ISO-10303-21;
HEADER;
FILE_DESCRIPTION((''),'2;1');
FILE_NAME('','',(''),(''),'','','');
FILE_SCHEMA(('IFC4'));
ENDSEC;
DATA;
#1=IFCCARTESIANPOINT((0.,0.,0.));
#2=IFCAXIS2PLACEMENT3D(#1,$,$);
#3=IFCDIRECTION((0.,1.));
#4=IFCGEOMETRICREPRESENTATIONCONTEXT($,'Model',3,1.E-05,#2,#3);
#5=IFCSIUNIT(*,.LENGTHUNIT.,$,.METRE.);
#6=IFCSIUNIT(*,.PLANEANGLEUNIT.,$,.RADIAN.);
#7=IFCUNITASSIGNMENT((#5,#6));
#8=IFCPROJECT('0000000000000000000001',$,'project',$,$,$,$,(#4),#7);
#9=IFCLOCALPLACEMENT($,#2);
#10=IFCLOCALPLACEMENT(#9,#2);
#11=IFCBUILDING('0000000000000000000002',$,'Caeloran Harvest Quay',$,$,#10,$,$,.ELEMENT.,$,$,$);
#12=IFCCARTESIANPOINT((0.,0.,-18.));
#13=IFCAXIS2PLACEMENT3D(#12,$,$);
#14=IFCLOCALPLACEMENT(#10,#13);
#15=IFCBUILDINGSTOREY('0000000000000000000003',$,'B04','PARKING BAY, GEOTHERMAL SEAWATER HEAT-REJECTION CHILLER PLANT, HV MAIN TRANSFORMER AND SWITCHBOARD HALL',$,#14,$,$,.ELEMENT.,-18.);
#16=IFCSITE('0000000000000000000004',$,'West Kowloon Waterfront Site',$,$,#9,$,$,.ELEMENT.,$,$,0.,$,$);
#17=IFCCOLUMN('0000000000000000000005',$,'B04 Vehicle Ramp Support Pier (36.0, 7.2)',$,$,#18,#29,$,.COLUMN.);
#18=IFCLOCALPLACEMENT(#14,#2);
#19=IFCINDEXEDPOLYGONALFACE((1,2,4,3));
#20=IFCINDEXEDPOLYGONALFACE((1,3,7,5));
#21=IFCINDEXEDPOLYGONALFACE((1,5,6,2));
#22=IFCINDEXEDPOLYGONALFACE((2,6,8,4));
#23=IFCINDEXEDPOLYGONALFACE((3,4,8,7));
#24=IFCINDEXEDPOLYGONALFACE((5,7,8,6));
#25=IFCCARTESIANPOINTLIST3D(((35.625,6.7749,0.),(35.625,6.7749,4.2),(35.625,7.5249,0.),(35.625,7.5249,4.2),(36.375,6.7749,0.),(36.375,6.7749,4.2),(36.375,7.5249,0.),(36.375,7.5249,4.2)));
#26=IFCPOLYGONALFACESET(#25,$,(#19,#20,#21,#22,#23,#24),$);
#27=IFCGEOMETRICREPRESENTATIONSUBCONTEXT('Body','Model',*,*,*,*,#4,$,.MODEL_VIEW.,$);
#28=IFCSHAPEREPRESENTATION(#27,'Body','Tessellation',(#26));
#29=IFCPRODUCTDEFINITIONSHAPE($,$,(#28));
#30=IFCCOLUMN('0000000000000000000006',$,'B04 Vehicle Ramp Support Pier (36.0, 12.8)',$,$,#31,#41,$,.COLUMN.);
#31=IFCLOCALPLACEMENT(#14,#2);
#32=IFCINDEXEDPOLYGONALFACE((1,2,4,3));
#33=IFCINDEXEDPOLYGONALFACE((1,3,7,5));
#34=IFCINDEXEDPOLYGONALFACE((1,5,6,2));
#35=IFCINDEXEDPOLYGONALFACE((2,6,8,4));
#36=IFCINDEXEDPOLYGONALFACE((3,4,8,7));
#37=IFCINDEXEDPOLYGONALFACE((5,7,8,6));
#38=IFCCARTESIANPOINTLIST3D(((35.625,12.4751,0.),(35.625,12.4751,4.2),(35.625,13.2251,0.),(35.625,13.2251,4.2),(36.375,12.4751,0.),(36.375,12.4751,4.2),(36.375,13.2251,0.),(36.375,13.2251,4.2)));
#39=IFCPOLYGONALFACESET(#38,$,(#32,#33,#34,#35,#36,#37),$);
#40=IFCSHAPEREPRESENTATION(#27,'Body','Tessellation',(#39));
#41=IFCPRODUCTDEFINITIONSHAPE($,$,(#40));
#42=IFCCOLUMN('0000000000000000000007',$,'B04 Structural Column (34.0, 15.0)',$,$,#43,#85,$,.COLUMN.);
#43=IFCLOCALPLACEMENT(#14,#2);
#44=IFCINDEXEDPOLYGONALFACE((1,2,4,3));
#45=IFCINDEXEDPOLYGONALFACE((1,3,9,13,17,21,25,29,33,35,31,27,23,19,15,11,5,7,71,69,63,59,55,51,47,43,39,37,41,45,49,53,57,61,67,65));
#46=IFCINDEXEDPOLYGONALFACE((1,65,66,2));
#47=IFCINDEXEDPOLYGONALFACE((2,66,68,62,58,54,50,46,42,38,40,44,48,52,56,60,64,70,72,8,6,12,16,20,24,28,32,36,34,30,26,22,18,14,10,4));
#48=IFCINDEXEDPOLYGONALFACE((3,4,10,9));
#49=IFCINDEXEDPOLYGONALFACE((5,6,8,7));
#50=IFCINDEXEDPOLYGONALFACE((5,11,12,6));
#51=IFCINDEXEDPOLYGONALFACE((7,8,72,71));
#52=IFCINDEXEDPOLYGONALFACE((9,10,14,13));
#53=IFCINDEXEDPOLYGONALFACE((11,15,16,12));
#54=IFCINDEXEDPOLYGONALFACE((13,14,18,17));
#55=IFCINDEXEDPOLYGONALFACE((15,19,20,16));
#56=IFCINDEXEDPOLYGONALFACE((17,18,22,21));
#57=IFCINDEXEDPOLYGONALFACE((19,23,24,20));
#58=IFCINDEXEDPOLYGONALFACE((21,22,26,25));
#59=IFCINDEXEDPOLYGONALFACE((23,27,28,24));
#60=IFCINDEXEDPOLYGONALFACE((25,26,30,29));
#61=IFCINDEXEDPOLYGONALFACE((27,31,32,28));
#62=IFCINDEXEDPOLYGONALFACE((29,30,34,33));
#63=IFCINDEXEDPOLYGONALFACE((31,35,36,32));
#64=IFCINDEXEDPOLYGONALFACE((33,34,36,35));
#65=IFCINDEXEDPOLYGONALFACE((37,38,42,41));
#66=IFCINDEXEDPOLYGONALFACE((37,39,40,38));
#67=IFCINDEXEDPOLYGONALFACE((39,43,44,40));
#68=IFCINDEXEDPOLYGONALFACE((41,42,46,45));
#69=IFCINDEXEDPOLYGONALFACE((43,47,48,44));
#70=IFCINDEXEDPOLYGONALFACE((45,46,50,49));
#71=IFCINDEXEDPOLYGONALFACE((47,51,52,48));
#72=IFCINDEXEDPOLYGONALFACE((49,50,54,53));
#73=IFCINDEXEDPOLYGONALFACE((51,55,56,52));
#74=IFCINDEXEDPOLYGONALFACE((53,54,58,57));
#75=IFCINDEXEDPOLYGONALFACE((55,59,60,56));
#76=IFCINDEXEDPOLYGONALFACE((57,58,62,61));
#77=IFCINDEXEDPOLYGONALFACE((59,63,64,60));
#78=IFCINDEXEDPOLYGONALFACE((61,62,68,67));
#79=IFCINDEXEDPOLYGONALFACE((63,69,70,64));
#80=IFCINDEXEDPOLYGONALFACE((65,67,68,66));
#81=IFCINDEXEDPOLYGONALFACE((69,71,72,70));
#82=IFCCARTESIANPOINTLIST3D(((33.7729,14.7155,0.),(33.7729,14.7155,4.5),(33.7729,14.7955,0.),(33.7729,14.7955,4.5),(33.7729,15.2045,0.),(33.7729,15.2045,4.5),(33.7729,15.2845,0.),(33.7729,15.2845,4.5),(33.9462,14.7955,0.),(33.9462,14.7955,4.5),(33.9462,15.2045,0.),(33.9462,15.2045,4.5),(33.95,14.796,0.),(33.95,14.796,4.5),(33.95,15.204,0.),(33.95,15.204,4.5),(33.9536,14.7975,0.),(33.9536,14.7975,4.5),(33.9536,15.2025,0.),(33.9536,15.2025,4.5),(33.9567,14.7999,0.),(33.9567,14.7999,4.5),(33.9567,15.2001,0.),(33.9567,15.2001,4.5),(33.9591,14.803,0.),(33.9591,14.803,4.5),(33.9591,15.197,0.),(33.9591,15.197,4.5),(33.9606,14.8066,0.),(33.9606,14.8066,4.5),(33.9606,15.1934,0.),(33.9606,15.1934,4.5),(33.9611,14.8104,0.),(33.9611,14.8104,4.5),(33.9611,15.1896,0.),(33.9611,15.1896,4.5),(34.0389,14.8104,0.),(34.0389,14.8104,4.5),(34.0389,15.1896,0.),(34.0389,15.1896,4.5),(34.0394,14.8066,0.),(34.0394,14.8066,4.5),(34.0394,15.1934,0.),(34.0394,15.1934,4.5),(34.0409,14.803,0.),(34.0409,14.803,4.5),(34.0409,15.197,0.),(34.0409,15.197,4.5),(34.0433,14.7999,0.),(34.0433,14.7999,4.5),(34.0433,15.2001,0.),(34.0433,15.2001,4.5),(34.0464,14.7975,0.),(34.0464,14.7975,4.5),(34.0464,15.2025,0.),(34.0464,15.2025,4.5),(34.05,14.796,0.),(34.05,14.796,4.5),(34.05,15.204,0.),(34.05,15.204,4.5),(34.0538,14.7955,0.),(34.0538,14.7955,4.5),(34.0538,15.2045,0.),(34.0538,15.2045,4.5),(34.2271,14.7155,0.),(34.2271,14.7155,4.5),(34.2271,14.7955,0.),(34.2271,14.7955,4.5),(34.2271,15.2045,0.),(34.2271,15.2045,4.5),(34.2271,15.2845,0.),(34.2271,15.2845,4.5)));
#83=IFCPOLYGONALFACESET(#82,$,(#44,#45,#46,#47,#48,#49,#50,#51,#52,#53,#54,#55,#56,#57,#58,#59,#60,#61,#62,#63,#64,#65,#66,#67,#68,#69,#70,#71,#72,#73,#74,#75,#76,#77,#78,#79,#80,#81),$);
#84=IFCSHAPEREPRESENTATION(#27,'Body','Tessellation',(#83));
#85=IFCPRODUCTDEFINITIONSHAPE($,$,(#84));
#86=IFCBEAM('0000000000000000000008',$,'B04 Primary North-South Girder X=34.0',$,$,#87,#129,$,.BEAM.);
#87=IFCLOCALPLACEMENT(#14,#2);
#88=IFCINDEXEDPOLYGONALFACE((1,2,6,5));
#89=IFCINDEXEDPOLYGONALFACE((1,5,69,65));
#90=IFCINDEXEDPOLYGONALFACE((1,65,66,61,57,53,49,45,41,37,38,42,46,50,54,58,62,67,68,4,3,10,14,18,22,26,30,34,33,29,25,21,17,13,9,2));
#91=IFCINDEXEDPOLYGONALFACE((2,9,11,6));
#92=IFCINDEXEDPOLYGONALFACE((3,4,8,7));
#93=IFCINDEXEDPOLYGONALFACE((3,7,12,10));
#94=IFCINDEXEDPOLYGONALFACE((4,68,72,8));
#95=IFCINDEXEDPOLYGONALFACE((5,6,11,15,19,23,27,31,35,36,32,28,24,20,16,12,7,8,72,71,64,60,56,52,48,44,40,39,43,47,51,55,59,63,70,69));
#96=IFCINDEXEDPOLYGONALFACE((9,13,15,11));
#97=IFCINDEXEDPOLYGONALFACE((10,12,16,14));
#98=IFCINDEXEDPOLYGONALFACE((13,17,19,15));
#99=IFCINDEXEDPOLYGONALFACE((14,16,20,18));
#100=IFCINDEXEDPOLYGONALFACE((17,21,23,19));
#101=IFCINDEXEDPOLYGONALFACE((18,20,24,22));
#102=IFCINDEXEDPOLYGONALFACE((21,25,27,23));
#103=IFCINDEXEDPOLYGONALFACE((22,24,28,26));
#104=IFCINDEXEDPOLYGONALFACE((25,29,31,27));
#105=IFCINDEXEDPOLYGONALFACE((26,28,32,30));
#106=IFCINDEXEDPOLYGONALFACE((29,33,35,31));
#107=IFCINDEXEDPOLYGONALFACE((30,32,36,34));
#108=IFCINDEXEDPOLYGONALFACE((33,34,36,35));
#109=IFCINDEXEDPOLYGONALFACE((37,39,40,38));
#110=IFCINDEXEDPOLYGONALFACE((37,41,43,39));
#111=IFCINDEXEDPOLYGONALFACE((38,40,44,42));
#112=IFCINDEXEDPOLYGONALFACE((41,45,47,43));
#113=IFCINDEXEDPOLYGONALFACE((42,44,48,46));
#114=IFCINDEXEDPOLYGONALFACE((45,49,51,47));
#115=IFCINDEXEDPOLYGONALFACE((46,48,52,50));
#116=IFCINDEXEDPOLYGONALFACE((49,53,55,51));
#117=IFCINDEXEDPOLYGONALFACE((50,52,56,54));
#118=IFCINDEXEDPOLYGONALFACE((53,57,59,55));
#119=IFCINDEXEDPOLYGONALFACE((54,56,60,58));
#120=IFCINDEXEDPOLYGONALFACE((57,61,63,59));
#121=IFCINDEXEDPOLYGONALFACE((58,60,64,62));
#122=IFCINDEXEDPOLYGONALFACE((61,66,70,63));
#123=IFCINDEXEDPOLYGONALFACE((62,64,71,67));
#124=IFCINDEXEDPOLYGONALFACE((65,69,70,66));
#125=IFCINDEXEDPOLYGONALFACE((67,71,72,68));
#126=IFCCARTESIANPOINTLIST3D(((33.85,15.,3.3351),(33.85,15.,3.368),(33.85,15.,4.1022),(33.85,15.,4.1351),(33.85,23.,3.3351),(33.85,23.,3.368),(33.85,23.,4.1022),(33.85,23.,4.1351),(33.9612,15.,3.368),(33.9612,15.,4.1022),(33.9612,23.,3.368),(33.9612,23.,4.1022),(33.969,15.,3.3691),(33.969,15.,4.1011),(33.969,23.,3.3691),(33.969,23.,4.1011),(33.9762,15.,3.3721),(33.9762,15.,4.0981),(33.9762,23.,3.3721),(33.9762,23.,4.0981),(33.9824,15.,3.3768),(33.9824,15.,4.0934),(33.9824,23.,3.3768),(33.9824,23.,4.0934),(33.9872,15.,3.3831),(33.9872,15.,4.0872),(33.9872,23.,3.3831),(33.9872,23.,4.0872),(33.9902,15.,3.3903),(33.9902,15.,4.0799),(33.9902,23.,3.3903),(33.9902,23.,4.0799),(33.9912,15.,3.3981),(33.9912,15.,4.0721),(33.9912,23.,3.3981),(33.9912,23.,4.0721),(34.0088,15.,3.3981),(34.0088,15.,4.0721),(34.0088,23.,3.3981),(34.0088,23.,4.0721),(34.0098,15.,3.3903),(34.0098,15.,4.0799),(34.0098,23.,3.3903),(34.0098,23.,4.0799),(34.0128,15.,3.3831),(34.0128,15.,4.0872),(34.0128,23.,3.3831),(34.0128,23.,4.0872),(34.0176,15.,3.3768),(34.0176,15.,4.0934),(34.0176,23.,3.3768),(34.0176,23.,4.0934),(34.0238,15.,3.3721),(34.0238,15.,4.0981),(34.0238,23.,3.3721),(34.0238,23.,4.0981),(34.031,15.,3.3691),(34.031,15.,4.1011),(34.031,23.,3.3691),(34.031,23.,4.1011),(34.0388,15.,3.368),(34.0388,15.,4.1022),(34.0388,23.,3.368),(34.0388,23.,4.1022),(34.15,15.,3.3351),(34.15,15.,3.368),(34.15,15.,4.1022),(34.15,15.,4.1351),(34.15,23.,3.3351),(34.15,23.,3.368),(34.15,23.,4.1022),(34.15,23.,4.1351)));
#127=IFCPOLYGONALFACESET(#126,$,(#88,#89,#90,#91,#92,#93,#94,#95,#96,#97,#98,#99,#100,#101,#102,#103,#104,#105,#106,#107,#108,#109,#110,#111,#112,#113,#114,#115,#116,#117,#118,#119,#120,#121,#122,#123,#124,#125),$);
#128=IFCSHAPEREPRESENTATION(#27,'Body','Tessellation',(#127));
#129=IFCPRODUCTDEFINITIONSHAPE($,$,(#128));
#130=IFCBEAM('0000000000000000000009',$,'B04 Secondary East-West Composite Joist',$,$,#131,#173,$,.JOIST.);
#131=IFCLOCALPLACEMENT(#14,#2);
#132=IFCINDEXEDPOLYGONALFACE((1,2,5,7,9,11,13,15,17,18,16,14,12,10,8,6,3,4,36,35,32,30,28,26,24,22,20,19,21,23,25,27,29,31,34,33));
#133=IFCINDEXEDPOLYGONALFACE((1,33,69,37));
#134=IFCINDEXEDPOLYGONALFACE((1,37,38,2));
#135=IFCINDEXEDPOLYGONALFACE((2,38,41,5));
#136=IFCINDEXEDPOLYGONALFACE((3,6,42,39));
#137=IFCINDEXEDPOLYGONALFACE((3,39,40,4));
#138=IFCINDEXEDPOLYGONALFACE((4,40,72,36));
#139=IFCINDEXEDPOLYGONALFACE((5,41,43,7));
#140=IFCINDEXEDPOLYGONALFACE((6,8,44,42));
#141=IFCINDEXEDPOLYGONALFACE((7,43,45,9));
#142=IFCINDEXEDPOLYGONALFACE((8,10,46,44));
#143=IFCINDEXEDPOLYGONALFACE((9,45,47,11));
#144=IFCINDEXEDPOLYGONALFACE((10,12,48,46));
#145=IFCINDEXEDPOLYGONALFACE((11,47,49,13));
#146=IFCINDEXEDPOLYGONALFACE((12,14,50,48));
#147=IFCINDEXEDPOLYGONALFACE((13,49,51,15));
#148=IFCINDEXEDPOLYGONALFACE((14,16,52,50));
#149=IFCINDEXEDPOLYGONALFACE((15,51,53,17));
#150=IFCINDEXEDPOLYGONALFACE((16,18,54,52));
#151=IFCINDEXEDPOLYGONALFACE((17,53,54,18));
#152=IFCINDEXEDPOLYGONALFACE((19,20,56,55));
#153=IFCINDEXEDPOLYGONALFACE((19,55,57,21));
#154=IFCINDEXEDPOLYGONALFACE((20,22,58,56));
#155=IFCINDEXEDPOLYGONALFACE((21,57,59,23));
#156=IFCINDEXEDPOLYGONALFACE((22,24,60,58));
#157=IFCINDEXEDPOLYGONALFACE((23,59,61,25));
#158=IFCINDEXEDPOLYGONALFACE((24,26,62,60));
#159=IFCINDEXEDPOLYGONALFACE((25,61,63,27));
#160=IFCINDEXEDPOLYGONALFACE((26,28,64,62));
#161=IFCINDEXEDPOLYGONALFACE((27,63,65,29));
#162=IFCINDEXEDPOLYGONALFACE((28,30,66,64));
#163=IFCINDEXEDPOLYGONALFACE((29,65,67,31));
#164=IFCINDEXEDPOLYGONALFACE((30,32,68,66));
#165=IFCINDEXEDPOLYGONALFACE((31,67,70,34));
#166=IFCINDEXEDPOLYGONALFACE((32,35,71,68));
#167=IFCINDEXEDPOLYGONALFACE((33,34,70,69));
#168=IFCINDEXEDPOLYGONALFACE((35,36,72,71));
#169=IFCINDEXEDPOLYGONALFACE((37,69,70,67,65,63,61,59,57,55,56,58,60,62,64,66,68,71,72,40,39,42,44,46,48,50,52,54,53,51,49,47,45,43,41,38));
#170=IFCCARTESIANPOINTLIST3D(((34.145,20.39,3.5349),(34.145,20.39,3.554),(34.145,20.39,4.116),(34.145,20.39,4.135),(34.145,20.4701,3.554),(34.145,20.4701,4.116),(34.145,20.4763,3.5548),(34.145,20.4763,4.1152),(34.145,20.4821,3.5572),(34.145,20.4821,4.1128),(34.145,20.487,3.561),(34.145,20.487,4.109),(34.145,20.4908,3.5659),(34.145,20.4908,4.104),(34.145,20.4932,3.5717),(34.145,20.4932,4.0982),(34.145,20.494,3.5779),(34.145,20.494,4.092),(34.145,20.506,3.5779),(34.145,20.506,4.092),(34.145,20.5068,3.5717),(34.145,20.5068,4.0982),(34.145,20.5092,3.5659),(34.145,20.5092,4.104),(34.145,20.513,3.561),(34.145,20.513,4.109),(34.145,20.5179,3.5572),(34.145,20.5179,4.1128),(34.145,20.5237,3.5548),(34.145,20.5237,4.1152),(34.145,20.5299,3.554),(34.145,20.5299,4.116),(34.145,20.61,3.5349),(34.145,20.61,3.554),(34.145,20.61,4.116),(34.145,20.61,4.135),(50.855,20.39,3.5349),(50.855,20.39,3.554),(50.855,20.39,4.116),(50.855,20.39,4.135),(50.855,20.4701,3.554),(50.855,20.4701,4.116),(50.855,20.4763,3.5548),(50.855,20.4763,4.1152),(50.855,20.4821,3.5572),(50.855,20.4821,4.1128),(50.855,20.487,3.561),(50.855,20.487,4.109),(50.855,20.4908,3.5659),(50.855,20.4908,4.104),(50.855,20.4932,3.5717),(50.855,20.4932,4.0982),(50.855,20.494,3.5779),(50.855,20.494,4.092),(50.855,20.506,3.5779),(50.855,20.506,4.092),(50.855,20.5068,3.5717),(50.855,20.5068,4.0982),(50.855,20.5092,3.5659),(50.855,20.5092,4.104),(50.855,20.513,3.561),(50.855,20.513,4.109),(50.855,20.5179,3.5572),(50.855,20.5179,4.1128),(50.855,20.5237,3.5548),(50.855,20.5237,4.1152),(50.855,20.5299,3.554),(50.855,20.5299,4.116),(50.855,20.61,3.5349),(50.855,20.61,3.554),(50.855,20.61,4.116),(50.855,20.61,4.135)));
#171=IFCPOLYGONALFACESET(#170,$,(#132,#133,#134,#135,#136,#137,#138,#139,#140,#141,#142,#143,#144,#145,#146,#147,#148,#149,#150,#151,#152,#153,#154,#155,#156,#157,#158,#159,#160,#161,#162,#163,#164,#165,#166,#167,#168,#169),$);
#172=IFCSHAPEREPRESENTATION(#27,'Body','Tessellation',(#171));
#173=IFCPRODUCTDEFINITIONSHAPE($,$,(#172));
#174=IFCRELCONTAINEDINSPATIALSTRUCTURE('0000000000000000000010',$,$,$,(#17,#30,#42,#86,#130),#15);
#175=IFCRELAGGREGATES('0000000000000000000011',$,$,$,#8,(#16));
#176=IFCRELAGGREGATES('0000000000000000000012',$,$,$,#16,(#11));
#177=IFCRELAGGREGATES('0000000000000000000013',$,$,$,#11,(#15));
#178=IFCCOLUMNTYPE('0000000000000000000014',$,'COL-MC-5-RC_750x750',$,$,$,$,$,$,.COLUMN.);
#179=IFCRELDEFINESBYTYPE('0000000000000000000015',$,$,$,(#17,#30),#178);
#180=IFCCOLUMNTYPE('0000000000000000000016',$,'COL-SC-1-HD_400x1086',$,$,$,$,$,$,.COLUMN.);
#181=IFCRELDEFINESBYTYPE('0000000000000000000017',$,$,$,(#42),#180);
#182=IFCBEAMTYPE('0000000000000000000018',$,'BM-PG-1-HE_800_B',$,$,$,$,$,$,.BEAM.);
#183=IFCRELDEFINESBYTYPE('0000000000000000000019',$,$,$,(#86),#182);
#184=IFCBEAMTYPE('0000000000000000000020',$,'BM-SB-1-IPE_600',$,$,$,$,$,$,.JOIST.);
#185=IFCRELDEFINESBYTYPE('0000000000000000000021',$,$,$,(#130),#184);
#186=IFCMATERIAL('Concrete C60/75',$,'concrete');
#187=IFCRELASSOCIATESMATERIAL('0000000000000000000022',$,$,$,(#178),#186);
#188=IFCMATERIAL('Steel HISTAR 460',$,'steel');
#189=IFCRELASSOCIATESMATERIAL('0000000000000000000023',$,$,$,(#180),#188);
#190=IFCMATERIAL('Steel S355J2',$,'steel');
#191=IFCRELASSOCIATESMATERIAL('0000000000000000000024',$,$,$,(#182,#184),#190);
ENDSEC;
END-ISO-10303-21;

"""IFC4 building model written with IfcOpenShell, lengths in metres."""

from ifc_helpers import new_model, si_unit, direction, frame, origin, origin_2d, place, context, subcontext, project, spatial, rectangle, i_section, extrude, material, material_profile, profile_set, type_object, element, save


model = new_model("IFC4")

# Units and contexts
model_context = context("Model", 3, precision=1e-05, world=origin(), true_north=direction((0.0, 1.0)))
body_context = subcontext(model_context, "Body", "Model", "MODEL_VIEW")
ifc_project = project(units=[si_unit("LENGTHUNIT", "METRE"), si_unit("PLANEANGLEUNIT", "RADIAN")], contexts=[model_context])

# Site, building, storey
site_placement = place(None, origin())
site = spatial("IfcSite", under=ifc_project, at=site_placement, Name="West Kowloon Waterfront Site", CompositionType="ELEMENT", RefElevation=0.0)
building_placement = place(site_placement, origin())
building = spatial("IfcBuilding", under=site, at=building_placement, Name="Caeloran Harvest Quay", CompositionType="ELEMENT")
storey_placement = place(building_placement, frame((0.0, 0.0, -18.0)))
storey = spatial("IfcBuildingStorey", under=building, at=storey_placement, Name="B04", Description="PARKING BAY, GEOTHERMAL SEAWATER HEAT-REJECTION CHILLER PLANT, HV MAIN TRANSFORMER AND SWITCHBOARD HALL", CompositionType="ELEMENT", Elevation=-18.0)

# Shared definitions
ifc_material_1 = material(Name="Concrete C60/75", Category="concrete")

# Columns
ifc_material_profile_1 = material_profile(ifc_material_1, rectangle(XDim=0.75, YDim=0.75, at=origin_2d()), Name="RC 750x750")
ifc_profile_set_1 = profile_set([ifc_material_profile_1], Name="Concrete C60/75")
column_type_1 = type_object("IfcColumnType", Name="COL-MC-5-RC_750x750", PredefinedType="COLUMN", material=ifc_profile_set_1)
for number, where, z_axis, x_axis, name in (
    (1, (36.0, 7.1499, 0.0), (0.0, 0.0, 1.0), (1.0, 0.0, 0.0), "B04 Vehicle Ramp Support Pier (36.0, 7.2)"),
    (2, (36.0, 12.8501, 0.0), (0.0, 0.0, 1.0), (1.0, 0.0, 0.0), "B04 Vehicle Ramp Support Pier (36.0, 12.8)"),
):
    element("IfcColumn", number, at=place(storey_placement, frame(where, z_axis=z_axis, x_axis=x_axis)), inside=storey, type_object=column_type_1, Name=name, PredefinedType="COLUMN", context=body_context, shape_type="SweptSolid", body=[
        extrude(rectangle(XDim=0.75, YDim=0.75, at=origin_2d()), origin(), (0.0, 0.0, 1.0), 4.2),
    ])
ifc_material_2 = material(Name="Steel HISTAR 460", Category="steel")
ifc_material_profile_2 = material_profile(ifc_material_2, i_section(OverallWidth=0.4541, OverallDepth=0.5691, WebThickness=0.0779, FlangeThickness=0.0801, FilletRadius=0.0149, at=origin_2d()), Name="HD 400x1086")
ifc_profile_set_2 = profile_set([ifc_material_profile_2], Name="Steel HISTAR 460")
column_type_2 = type_object("IfcColumnType", Name="COL-SC-1-HD_400x1086", PredefinedType="COLUMN", material=ifc_profile_set_2)
column_placement = place(storey_placement, frame((34.0, 15.0, 0.0), z_axis=(0.0, 0.0, 1.0), x_axis=(1.0, 0.0, 0.0)))
element("IfcColumn", 3, at=column_placement, inside=storey, type_object=column_type_2, Name="B04 Structural Column (34.0, 15.0)", PredefinedType="COLUMN", context=body_context, shape_type="SweptSolid", body=[
    extrude(i_section(OverallWidth=0.4541, OverallDepth=0.5691, WebThickness=0.0779, FlangeThickness=0.0801, FilletRadius=0.0149, at=origin_2d()), origin(), (0.0, 0.0, 1.0), 4.5),
])

# Beams
ifc_material_3 = material(Name="Steel S355J2", Category="steel")
ifc_material_profile_3 = material_profile(ifc_material_3, i_section(OverallWidth=0.3, OverallDepth=0.8, WebThickness=0.0176, FlangeThickness=0.033, FilletRadius=0.03, at=origin_2d()), Name="HE 800 B")
ifc_profile_set_3 = profile_set([ifc_material_profile_3], Name="Steel S355J2")
beam_type_1 = type_object("IfcBeamType", Name="BM-PG-1-HE_800_B", PredefinedType="BEAM", material=ifc_profile_set_3)
beam_placement = place(storey_placement, frame((34.0, 15.0, 3.7351), z_axis=(0.0, 1.0, 0.0), x_axis=(-1.0, 0.0, 0.0)))
element("IfcBeam", 4, at=beam_placement, inside=storey, type_object=beam_type_1, Name="B04 Primary North-South Girder X=34.0", PredefinedType="BEAM", context=body_context, shape_type="SweptSolid", body=[
    extrude(i_section(OverallWidth=0.3, OverallDepth=0.8, WebThickness=0.0176, FlangeThickness=0.033, FilletRadius=0.03, at=origin_2d()), origin(), (0.0, 0.0, 1.0), 8.0),
])
ifc_material_profile_4 = material_profile(ifc_material_3, i_section(OverallWidth=0.22, OverallDepth=0.6001, WebThickness=0.012, FlangeThickness=0.019, FilletRadius=0.0239, at=origin_2d()), Name="IPE 600")
ifc_profile_set_4 = profile_set([ifc_material_profile_4], Name="Steel S355J2")
beam_type_2 = type_object("IfcBeamType", Name="BM-SB-1-IPE_600", PredefinedType="JOIST", material=ifc_profile_set_4)
for number, where, z_axis, x_axis, name in (
    (5, (34.145, 20.5, 3.835), (1.0, 0.0, 0.0), (0.0, 1.0, 0.0), "B04 Secondary East-West Composite Joist"),
):
    element("IfcBeam", number, at=place(storey_placement, frame(where, z_axis=z_axis, x_axis=x_axis)), inside=storey, type_object=beam_type_2, Name=name, PredefinedType="JOIST", context=body_context, shape_type="SweptSolid", body=[
        extrude(i_section(OverallWidth=0.22, OverallDepth=0.6001, WebThickness=0.012, FlangeThickness=0.019, FilletRadius=0.0239, at=origin_2d()), origin(), (0.0, 0.0, 1.0), 16.71),
    ])

save(model, "model.ifc")
